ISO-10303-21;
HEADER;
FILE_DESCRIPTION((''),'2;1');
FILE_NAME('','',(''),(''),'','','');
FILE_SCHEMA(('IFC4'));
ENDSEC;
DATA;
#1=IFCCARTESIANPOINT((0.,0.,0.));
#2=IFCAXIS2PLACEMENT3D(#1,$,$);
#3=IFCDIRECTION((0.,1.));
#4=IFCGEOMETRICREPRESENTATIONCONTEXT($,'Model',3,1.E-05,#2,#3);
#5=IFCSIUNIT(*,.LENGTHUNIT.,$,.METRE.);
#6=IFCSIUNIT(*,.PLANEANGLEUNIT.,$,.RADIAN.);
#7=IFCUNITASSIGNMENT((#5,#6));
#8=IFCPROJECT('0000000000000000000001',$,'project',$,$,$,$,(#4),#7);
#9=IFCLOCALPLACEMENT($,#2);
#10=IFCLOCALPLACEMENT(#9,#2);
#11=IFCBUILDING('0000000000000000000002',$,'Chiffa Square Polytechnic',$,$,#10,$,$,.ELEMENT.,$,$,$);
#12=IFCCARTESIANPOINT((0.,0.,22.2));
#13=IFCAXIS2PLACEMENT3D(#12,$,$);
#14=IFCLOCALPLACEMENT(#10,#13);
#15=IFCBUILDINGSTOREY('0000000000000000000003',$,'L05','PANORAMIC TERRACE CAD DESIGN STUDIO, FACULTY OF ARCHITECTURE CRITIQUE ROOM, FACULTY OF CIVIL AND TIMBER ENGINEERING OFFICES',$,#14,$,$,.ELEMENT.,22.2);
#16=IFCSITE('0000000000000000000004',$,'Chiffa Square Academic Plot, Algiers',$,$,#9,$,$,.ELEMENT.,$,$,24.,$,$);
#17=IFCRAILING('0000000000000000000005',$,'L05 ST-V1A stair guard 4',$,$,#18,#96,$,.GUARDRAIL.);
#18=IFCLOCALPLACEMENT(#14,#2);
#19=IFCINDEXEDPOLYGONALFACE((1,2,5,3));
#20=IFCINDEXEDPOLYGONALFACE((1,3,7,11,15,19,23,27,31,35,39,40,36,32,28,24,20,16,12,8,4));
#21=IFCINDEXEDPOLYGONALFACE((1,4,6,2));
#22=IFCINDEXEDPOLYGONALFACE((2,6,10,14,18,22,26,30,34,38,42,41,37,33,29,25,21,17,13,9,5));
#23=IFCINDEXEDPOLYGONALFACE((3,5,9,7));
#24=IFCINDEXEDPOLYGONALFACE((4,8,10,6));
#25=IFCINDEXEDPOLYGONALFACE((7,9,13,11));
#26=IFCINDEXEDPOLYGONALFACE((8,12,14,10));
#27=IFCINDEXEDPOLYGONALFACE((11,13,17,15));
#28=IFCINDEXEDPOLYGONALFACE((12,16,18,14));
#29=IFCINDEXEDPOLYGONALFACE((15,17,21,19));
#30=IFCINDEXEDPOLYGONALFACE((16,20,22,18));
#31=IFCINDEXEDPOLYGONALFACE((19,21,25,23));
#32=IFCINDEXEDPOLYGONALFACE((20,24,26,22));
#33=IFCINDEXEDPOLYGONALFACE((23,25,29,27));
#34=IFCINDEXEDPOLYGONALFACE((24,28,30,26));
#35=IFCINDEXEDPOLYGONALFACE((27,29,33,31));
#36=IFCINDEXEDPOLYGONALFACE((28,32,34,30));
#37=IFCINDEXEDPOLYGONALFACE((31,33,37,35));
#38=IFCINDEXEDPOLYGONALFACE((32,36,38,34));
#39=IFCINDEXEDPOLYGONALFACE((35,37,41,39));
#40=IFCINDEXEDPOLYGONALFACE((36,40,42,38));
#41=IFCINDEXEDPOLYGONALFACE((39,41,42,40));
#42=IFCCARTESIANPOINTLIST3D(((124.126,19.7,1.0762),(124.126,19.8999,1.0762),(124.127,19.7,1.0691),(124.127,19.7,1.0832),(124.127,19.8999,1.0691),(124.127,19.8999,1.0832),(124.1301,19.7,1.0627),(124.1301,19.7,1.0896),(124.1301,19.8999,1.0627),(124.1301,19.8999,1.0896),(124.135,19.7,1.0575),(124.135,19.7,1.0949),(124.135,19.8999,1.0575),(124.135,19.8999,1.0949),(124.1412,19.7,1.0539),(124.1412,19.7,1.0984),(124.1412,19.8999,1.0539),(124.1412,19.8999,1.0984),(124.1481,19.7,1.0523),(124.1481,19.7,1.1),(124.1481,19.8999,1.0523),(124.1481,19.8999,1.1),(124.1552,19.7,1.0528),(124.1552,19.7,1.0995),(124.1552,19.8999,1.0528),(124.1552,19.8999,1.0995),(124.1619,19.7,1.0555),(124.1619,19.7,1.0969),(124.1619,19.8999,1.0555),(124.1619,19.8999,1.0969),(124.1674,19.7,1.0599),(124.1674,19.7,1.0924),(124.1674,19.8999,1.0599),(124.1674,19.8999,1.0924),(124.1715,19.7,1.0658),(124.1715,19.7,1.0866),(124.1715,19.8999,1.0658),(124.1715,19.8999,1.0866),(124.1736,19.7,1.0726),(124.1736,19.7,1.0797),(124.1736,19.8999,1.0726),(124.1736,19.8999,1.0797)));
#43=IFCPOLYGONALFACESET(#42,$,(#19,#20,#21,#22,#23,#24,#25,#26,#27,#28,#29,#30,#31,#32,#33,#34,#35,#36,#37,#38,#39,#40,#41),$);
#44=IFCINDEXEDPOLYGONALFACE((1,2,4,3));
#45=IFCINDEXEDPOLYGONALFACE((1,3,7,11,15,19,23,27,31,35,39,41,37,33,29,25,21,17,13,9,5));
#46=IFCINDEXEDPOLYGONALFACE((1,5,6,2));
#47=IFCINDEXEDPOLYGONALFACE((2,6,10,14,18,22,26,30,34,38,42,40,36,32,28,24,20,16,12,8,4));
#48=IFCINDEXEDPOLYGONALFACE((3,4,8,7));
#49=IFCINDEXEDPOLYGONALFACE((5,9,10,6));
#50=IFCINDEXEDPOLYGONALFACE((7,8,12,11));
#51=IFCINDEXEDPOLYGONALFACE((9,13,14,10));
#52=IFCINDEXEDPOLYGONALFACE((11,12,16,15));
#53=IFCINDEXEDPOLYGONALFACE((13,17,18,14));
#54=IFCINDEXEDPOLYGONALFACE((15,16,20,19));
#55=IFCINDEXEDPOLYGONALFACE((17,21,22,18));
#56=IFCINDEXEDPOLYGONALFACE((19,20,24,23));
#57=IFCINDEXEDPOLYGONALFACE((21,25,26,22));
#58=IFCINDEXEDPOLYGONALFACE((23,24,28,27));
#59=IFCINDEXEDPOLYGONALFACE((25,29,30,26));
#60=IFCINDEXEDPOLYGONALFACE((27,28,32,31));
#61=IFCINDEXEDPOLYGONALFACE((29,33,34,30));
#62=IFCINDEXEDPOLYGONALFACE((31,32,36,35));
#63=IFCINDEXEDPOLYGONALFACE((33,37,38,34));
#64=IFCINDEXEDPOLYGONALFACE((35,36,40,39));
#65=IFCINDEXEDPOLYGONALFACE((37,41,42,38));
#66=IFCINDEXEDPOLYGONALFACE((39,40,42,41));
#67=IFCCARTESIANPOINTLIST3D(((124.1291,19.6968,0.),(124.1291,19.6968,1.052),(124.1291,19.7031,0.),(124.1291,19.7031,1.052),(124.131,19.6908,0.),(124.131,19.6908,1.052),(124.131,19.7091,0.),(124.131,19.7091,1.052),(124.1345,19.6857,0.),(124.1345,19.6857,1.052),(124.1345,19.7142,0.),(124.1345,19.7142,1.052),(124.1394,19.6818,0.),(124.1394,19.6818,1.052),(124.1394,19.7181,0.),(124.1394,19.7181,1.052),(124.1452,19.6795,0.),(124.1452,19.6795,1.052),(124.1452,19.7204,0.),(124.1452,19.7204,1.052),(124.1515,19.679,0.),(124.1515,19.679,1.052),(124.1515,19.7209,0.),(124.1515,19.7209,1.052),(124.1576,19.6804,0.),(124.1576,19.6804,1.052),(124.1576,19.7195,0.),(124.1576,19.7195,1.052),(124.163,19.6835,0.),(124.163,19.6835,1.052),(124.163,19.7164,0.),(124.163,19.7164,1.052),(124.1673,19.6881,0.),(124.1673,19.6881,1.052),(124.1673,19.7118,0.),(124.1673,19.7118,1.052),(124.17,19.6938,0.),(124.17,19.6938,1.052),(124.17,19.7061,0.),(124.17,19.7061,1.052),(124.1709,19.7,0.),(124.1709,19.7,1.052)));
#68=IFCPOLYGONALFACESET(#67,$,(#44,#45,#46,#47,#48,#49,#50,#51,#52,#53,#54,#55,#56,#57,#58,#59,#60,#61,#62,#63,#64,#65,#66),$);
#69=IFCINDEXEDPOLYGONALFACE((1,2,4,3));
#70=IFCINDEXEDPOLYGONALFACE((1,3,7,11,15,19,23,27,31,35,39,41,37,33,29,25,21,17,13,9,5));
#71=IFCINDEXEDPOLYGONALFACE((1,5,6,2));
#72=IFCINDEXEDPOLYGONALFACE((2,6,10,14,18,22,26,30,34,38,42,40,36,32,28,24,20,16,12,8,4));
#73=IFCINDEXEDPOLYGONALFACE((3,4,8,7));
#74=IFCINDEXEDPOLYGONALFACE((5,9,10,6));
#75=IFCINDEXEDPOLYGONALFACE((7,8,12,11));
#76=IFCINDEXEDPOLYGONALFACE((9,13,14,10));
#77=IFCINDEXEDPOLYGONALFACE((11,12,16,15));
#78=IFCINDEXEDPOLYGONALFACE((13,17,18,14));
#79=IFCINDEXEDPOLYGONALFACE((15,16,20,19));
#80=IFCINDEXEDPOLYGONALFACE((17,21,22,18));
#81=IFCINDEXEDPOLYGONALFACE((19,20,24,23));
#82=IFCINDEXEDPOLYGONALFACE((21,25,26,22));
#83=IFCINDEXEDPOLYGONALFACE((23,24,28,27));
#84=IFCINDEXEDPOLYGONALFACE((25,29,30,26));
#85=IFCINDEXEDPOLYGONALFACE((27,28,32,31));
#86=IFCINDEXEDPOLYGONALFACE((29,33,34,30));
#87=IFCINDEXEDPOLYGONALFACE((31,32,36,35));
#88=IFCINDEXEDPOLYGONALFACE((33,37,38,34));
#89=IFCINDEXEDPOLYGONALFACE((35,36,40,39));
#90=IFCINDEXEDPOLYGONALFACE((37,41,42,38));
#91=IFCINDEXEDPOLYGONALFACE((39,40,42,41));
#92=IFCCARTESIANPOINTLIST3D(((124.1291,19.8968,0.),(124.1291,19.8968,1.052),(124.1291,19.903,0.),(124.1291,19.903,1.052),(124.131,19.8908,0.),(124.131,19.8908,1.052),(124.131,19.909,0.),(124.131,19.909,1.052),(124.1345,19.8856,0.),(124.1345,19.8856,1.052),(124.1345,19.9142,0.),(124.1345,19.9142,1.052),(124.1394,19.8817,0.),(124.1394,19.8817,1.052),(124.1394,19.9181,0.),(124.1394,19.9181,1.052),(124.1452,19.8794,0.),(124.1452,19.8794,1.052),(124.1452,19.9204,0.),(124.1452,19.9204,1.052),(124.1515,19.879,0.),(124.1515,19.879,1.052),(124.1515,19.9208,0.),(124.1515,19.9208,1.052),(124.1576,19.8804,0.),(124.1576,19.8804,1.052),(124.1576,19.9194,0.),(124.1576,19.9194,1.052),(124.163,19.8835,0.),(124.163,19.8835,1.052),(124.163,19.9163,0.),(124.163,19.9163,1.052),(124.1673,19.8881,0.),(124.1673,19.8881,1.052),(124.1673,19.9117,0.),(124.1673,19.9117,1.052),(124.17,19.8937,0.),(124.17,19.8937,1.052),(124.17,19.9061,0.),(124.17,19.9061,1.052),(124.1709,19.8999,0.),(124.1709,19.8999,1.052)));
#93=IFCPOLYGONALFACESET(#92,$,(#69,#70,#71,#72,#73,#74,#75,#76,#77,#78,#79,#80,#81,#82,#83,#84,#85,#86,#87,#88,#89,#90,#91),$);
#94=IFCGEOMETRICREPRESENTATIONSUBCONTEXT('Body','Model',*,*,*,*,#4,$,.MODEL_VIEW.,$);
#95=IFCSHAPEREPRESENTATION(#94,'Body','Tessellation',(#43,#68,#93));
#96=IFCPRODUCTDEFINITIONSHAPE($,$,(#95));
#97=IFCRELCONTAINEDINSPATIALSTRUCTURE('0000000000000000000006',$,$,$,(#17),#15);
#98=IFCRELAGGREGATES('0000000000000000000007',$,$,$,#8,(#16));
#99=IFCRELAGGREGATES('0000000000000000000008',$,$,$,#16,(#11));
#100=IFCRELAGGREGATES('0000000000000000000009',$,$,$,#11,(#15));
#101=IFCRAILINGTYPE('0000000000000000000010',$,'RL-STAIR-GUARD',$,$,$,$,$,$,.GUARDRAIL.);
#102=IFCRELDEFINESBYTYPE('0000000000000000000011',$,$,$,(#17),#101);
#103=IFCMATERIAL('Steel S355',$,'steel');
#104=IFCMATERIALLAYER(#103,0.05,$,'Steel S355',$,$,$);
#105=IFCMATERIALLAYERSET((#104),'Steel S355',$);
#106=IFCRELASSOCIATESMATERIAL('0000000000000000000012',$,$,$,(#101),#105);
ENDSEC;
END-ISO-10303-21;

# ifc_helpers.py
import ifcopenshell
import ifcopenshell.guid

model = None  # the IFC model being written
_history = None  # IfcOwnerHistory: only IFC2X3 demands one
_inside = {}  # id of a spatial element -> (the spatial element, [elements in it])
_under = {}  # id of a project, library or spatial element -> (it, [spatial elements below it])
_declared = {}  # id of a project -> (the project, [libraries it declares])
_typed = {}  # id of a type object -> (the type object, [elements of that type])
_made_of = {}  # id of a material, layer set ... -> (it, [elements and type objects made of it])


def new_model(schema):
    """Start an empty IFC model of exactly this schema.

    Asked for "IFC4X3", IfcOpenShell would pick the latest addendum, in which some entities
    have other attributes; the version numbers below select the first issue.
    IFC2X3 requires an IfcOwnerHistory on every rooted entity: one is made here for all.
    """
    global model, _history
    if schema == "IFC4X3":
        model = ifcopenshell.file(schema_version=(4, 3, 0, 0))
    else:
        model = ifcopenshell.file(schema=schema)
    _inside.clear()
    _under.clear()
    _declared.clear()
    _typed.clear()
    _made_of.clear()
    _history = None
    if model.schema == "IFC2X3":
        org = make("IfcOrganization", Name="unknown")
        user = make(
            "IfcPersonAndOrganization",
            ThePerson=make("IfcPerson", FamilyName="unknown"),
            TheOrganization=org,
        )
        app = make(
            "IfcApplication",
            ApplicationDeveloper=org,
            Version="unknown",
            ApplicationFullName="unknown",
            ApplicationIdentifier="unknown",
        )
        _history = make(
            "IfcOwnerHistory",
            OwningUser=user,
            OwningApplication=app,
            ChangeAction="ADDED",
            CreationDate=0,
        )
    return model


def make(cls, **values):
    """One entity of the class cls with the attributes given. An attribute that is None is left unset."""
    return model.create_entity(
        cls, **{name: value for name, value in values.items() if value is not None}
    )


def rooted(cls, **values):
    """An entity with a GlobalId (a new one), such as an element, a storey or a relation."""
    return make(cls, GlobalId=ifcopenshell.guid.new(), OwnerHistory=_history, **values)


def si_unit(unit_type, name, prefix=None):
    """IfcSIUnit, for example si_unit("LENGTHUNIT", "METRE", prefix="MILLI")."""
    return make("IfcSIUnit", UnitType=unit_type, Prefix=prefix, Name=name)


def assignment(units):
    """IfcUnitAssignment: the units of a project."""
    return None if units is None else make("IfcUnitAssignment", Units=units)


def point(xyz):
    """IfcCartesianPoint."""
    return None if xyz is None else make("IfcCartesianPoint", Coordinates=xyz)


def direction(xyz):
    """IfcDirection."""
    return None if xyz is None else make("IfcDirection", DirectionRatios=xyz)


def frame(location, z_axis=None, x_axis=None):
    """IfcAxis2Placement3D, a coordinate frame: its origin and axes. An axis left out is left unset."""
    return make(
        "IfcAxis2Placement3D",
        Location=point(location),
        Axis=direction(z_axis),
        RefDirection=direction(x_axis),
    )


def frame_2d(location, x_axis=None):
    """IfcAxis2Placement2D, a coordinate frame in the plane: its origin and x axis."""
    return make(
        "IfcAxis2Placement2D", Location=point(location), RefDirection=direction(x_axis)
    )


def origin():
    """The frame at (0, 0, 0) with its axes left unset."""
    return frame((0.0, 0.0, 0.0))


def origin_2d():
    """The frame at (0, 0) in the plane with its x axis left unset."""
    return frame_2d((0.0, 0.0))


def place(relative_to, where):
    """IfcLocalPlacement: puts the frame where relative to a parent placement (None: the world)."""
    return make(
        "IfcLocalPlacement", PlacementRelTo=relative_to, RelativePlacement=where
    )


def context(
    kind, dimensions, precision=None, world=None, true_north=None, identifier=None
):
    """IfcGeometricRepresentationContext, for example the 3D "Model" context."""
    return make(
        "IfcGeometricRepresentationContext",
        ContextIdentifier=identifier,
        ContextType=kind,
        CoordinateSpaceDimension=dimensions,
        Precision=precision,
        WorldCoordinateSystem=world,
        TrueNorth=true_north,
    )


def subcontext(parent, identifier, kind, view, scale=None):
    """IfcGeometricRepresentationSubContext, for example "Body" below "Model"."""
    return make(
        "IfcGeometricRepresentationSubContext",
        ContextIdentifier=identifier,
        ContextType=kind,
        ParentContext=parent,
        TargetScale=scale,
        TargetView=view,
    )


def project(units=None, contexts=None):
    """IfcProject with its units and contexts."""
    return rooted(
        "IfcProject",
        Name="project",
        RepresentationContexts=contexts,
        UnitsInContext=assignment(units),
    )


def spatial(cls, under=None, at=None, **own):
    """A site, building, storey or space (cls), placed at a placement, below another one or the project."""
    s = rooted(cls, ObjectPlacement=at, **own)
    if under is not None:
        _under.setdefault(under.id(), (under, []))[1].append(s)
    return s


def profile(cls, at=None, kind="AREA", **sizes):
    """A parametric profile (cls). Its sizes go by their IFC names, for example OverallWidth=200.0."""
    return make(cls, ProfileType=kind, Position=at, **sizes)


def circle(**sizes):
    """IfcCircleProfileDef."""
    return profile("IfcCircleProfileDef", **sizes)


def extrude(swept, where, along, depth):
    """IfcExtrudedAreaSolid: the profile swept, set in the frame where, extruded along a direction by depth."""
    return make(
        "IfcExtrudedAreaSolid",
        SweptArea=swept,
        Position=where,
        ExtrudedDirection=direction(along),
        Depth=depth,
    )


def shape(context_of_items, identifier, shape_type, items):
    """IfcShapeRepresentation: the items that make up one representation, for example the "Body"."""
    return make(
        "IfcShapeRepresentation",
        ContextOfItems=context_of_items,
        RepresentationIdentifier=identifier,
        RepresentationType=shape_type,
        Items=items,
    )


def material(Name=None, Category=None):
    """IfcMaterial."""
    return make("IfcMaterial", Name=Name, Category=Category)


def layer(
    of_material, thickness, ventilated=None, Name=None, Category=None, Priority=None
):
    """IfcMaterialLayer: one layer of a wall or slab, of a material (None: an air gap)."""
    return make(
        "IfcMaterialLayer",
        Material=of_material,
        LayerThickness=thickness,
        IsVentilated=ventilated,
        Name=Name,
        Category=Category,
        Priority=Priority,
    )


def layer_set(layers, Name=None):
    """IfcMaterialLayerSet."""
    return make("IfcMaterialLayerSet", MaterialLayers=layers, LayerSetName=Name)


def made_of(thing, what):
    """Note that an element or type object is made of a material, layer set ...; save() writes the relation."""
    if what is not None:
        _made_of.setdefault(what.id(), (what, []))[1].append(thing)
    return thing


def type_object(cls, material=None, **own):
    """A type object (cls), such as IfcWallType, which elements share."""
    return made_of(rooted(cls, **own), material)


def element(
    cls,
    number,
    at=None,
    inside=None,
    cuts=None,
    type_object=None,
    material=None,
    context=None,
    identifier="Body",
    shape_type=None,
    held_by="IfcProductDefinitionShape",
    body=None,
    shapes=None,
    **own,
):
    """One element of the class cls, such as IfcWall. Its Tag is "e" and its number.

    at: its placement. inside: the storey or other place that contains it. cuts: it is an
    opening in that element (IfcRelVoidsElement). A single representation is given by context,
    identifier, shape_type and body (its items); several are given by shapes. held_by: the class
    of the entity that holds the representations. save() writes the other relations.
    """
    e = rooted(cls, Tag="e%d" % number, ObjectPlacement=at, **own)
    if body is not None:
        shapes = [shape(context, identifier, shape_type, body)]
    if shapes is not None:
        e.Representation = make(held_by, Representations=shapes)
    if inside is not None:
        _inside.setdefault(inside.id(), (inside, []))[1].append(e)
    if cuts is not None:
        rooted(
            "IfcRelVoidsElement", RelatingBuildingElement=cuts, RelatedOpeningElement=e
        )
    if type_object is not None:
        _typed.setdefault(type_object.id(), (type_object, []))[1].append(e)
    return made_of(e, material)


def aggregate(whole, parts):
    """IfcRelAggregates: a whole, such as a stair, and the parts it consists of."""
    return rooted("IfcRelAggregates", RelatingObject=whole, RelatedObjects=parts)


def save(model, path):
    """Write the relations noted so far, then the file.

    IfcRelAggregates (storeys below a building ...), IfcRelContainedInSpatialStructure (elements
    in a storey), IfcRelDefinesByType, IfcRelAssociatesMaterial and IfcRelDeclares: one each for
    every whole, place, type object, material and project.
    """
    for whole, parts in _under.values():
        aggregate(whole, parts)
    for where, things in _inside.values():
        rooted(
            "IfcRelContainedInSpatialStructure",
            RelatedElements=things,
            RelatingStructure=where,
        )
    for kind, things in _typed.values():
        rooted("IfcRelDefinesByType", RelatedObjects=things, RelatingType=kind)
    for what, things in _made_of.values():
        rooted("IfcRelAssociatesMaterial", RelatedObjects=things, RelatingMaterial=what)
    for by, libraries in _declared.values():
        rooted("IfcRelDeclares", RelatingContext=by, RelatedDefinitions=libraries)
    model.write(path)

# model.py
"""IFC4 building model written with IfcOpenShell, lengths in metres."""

from ifc_helpers import new_model, si_unit, direction, frame, origin, origin_2d, place, context, subcontext, project, spatial, circle, extrude, material, layer, layer_set, type_object, element, save


model = new_model("IFC4")

# Units and contexts
model_context = context("Model", 3, precision=1e-05, world=origin(), true_north=direction((0.0, 1.0)))
body_context = subcontext(model_context, "Body", "Model", "MODEL_VIEW")
ifc_project = project(units=[si_unit("LENGTHUNIT", "METRE"), si_unit("PLANEANGLEUNIT", "RADIAN")], contexts=[model_context])

# Site, building, storey
site_placement = place(None, origin())
site = spatial("IfcSite", under=ifc_project, at=site_placement, Name="Chiffa Square Academic Plot, Algiers", CompositionType="ELEMENT", RefElevation=24.0)
building_placement = place(site_placement, origin())
building = spatial("IfcBuilding", under=site, at=building_placement, Name="Chiffa Square Polytechnic", CompositionType="ELEMENT")
storey_placement = place(building_placement, frame((0.0, 0.0, 22.2)))
storey = spatial("IfcBuildingStorey", under=building, at=storey_placement, Name="L05", Description="PANORAMIC TERRACE CAD DESIGN STUDIO, FACULTY OF ARCHITECTURE CRITIQUE ROOM, FACULTY OF CIVIL AND TIMBER ENGINEERING OFFICES", CompositionType="ELEMENT", Elevation=22.2)

# Railing
ifc_material_1 = material(Name="Steel S355", Category="steel")
ifc_layer_1 = layer(ifc_material_1, 0.05, Name="Steel S355")
ifc_layer_set_1 = layer_set([ifc_layer_1], Name="Steel S355")
railing_type_1 = type_object("IfcRailingType", Name="RL-STAIR-GUARD", PredefinedType="GUARDRAIL", material=ifc_layer_set_1)
railing_1_placement = place(storey_placement, frame((124.1499, 19.7, 0.0)))
element("IfcRailing", 1, at=railing_1_placement, inside=storey, type_object=railing_type_1, Name="L05 ST-V1A stair guard 4", PredefinedType="GUARDRAIL", context=body_context, shape_type="SweptSolid", body=[
    extrude(circle(Radius=0.0239, at=origin_2d()), frame((0.0, 0.0, 1.0762), z_axis=(0.0, 1.0, 0.0), x_axis=(-1.0, 0.0, 0.0)), (0.0, 0.0, 1.0), 0.2),
    extrude(circle(Radius=0.021, at=origin_2d()), origin(), (0.0, 0.0, 1.0), 1.052),
    extrude(circle(Radius=0.021, at=origin_2d()), frame((0.0, 0.2, 0.0)), (0.0, 0.0, 1.0), 1.052),
])

save(model, "model.ifc")
